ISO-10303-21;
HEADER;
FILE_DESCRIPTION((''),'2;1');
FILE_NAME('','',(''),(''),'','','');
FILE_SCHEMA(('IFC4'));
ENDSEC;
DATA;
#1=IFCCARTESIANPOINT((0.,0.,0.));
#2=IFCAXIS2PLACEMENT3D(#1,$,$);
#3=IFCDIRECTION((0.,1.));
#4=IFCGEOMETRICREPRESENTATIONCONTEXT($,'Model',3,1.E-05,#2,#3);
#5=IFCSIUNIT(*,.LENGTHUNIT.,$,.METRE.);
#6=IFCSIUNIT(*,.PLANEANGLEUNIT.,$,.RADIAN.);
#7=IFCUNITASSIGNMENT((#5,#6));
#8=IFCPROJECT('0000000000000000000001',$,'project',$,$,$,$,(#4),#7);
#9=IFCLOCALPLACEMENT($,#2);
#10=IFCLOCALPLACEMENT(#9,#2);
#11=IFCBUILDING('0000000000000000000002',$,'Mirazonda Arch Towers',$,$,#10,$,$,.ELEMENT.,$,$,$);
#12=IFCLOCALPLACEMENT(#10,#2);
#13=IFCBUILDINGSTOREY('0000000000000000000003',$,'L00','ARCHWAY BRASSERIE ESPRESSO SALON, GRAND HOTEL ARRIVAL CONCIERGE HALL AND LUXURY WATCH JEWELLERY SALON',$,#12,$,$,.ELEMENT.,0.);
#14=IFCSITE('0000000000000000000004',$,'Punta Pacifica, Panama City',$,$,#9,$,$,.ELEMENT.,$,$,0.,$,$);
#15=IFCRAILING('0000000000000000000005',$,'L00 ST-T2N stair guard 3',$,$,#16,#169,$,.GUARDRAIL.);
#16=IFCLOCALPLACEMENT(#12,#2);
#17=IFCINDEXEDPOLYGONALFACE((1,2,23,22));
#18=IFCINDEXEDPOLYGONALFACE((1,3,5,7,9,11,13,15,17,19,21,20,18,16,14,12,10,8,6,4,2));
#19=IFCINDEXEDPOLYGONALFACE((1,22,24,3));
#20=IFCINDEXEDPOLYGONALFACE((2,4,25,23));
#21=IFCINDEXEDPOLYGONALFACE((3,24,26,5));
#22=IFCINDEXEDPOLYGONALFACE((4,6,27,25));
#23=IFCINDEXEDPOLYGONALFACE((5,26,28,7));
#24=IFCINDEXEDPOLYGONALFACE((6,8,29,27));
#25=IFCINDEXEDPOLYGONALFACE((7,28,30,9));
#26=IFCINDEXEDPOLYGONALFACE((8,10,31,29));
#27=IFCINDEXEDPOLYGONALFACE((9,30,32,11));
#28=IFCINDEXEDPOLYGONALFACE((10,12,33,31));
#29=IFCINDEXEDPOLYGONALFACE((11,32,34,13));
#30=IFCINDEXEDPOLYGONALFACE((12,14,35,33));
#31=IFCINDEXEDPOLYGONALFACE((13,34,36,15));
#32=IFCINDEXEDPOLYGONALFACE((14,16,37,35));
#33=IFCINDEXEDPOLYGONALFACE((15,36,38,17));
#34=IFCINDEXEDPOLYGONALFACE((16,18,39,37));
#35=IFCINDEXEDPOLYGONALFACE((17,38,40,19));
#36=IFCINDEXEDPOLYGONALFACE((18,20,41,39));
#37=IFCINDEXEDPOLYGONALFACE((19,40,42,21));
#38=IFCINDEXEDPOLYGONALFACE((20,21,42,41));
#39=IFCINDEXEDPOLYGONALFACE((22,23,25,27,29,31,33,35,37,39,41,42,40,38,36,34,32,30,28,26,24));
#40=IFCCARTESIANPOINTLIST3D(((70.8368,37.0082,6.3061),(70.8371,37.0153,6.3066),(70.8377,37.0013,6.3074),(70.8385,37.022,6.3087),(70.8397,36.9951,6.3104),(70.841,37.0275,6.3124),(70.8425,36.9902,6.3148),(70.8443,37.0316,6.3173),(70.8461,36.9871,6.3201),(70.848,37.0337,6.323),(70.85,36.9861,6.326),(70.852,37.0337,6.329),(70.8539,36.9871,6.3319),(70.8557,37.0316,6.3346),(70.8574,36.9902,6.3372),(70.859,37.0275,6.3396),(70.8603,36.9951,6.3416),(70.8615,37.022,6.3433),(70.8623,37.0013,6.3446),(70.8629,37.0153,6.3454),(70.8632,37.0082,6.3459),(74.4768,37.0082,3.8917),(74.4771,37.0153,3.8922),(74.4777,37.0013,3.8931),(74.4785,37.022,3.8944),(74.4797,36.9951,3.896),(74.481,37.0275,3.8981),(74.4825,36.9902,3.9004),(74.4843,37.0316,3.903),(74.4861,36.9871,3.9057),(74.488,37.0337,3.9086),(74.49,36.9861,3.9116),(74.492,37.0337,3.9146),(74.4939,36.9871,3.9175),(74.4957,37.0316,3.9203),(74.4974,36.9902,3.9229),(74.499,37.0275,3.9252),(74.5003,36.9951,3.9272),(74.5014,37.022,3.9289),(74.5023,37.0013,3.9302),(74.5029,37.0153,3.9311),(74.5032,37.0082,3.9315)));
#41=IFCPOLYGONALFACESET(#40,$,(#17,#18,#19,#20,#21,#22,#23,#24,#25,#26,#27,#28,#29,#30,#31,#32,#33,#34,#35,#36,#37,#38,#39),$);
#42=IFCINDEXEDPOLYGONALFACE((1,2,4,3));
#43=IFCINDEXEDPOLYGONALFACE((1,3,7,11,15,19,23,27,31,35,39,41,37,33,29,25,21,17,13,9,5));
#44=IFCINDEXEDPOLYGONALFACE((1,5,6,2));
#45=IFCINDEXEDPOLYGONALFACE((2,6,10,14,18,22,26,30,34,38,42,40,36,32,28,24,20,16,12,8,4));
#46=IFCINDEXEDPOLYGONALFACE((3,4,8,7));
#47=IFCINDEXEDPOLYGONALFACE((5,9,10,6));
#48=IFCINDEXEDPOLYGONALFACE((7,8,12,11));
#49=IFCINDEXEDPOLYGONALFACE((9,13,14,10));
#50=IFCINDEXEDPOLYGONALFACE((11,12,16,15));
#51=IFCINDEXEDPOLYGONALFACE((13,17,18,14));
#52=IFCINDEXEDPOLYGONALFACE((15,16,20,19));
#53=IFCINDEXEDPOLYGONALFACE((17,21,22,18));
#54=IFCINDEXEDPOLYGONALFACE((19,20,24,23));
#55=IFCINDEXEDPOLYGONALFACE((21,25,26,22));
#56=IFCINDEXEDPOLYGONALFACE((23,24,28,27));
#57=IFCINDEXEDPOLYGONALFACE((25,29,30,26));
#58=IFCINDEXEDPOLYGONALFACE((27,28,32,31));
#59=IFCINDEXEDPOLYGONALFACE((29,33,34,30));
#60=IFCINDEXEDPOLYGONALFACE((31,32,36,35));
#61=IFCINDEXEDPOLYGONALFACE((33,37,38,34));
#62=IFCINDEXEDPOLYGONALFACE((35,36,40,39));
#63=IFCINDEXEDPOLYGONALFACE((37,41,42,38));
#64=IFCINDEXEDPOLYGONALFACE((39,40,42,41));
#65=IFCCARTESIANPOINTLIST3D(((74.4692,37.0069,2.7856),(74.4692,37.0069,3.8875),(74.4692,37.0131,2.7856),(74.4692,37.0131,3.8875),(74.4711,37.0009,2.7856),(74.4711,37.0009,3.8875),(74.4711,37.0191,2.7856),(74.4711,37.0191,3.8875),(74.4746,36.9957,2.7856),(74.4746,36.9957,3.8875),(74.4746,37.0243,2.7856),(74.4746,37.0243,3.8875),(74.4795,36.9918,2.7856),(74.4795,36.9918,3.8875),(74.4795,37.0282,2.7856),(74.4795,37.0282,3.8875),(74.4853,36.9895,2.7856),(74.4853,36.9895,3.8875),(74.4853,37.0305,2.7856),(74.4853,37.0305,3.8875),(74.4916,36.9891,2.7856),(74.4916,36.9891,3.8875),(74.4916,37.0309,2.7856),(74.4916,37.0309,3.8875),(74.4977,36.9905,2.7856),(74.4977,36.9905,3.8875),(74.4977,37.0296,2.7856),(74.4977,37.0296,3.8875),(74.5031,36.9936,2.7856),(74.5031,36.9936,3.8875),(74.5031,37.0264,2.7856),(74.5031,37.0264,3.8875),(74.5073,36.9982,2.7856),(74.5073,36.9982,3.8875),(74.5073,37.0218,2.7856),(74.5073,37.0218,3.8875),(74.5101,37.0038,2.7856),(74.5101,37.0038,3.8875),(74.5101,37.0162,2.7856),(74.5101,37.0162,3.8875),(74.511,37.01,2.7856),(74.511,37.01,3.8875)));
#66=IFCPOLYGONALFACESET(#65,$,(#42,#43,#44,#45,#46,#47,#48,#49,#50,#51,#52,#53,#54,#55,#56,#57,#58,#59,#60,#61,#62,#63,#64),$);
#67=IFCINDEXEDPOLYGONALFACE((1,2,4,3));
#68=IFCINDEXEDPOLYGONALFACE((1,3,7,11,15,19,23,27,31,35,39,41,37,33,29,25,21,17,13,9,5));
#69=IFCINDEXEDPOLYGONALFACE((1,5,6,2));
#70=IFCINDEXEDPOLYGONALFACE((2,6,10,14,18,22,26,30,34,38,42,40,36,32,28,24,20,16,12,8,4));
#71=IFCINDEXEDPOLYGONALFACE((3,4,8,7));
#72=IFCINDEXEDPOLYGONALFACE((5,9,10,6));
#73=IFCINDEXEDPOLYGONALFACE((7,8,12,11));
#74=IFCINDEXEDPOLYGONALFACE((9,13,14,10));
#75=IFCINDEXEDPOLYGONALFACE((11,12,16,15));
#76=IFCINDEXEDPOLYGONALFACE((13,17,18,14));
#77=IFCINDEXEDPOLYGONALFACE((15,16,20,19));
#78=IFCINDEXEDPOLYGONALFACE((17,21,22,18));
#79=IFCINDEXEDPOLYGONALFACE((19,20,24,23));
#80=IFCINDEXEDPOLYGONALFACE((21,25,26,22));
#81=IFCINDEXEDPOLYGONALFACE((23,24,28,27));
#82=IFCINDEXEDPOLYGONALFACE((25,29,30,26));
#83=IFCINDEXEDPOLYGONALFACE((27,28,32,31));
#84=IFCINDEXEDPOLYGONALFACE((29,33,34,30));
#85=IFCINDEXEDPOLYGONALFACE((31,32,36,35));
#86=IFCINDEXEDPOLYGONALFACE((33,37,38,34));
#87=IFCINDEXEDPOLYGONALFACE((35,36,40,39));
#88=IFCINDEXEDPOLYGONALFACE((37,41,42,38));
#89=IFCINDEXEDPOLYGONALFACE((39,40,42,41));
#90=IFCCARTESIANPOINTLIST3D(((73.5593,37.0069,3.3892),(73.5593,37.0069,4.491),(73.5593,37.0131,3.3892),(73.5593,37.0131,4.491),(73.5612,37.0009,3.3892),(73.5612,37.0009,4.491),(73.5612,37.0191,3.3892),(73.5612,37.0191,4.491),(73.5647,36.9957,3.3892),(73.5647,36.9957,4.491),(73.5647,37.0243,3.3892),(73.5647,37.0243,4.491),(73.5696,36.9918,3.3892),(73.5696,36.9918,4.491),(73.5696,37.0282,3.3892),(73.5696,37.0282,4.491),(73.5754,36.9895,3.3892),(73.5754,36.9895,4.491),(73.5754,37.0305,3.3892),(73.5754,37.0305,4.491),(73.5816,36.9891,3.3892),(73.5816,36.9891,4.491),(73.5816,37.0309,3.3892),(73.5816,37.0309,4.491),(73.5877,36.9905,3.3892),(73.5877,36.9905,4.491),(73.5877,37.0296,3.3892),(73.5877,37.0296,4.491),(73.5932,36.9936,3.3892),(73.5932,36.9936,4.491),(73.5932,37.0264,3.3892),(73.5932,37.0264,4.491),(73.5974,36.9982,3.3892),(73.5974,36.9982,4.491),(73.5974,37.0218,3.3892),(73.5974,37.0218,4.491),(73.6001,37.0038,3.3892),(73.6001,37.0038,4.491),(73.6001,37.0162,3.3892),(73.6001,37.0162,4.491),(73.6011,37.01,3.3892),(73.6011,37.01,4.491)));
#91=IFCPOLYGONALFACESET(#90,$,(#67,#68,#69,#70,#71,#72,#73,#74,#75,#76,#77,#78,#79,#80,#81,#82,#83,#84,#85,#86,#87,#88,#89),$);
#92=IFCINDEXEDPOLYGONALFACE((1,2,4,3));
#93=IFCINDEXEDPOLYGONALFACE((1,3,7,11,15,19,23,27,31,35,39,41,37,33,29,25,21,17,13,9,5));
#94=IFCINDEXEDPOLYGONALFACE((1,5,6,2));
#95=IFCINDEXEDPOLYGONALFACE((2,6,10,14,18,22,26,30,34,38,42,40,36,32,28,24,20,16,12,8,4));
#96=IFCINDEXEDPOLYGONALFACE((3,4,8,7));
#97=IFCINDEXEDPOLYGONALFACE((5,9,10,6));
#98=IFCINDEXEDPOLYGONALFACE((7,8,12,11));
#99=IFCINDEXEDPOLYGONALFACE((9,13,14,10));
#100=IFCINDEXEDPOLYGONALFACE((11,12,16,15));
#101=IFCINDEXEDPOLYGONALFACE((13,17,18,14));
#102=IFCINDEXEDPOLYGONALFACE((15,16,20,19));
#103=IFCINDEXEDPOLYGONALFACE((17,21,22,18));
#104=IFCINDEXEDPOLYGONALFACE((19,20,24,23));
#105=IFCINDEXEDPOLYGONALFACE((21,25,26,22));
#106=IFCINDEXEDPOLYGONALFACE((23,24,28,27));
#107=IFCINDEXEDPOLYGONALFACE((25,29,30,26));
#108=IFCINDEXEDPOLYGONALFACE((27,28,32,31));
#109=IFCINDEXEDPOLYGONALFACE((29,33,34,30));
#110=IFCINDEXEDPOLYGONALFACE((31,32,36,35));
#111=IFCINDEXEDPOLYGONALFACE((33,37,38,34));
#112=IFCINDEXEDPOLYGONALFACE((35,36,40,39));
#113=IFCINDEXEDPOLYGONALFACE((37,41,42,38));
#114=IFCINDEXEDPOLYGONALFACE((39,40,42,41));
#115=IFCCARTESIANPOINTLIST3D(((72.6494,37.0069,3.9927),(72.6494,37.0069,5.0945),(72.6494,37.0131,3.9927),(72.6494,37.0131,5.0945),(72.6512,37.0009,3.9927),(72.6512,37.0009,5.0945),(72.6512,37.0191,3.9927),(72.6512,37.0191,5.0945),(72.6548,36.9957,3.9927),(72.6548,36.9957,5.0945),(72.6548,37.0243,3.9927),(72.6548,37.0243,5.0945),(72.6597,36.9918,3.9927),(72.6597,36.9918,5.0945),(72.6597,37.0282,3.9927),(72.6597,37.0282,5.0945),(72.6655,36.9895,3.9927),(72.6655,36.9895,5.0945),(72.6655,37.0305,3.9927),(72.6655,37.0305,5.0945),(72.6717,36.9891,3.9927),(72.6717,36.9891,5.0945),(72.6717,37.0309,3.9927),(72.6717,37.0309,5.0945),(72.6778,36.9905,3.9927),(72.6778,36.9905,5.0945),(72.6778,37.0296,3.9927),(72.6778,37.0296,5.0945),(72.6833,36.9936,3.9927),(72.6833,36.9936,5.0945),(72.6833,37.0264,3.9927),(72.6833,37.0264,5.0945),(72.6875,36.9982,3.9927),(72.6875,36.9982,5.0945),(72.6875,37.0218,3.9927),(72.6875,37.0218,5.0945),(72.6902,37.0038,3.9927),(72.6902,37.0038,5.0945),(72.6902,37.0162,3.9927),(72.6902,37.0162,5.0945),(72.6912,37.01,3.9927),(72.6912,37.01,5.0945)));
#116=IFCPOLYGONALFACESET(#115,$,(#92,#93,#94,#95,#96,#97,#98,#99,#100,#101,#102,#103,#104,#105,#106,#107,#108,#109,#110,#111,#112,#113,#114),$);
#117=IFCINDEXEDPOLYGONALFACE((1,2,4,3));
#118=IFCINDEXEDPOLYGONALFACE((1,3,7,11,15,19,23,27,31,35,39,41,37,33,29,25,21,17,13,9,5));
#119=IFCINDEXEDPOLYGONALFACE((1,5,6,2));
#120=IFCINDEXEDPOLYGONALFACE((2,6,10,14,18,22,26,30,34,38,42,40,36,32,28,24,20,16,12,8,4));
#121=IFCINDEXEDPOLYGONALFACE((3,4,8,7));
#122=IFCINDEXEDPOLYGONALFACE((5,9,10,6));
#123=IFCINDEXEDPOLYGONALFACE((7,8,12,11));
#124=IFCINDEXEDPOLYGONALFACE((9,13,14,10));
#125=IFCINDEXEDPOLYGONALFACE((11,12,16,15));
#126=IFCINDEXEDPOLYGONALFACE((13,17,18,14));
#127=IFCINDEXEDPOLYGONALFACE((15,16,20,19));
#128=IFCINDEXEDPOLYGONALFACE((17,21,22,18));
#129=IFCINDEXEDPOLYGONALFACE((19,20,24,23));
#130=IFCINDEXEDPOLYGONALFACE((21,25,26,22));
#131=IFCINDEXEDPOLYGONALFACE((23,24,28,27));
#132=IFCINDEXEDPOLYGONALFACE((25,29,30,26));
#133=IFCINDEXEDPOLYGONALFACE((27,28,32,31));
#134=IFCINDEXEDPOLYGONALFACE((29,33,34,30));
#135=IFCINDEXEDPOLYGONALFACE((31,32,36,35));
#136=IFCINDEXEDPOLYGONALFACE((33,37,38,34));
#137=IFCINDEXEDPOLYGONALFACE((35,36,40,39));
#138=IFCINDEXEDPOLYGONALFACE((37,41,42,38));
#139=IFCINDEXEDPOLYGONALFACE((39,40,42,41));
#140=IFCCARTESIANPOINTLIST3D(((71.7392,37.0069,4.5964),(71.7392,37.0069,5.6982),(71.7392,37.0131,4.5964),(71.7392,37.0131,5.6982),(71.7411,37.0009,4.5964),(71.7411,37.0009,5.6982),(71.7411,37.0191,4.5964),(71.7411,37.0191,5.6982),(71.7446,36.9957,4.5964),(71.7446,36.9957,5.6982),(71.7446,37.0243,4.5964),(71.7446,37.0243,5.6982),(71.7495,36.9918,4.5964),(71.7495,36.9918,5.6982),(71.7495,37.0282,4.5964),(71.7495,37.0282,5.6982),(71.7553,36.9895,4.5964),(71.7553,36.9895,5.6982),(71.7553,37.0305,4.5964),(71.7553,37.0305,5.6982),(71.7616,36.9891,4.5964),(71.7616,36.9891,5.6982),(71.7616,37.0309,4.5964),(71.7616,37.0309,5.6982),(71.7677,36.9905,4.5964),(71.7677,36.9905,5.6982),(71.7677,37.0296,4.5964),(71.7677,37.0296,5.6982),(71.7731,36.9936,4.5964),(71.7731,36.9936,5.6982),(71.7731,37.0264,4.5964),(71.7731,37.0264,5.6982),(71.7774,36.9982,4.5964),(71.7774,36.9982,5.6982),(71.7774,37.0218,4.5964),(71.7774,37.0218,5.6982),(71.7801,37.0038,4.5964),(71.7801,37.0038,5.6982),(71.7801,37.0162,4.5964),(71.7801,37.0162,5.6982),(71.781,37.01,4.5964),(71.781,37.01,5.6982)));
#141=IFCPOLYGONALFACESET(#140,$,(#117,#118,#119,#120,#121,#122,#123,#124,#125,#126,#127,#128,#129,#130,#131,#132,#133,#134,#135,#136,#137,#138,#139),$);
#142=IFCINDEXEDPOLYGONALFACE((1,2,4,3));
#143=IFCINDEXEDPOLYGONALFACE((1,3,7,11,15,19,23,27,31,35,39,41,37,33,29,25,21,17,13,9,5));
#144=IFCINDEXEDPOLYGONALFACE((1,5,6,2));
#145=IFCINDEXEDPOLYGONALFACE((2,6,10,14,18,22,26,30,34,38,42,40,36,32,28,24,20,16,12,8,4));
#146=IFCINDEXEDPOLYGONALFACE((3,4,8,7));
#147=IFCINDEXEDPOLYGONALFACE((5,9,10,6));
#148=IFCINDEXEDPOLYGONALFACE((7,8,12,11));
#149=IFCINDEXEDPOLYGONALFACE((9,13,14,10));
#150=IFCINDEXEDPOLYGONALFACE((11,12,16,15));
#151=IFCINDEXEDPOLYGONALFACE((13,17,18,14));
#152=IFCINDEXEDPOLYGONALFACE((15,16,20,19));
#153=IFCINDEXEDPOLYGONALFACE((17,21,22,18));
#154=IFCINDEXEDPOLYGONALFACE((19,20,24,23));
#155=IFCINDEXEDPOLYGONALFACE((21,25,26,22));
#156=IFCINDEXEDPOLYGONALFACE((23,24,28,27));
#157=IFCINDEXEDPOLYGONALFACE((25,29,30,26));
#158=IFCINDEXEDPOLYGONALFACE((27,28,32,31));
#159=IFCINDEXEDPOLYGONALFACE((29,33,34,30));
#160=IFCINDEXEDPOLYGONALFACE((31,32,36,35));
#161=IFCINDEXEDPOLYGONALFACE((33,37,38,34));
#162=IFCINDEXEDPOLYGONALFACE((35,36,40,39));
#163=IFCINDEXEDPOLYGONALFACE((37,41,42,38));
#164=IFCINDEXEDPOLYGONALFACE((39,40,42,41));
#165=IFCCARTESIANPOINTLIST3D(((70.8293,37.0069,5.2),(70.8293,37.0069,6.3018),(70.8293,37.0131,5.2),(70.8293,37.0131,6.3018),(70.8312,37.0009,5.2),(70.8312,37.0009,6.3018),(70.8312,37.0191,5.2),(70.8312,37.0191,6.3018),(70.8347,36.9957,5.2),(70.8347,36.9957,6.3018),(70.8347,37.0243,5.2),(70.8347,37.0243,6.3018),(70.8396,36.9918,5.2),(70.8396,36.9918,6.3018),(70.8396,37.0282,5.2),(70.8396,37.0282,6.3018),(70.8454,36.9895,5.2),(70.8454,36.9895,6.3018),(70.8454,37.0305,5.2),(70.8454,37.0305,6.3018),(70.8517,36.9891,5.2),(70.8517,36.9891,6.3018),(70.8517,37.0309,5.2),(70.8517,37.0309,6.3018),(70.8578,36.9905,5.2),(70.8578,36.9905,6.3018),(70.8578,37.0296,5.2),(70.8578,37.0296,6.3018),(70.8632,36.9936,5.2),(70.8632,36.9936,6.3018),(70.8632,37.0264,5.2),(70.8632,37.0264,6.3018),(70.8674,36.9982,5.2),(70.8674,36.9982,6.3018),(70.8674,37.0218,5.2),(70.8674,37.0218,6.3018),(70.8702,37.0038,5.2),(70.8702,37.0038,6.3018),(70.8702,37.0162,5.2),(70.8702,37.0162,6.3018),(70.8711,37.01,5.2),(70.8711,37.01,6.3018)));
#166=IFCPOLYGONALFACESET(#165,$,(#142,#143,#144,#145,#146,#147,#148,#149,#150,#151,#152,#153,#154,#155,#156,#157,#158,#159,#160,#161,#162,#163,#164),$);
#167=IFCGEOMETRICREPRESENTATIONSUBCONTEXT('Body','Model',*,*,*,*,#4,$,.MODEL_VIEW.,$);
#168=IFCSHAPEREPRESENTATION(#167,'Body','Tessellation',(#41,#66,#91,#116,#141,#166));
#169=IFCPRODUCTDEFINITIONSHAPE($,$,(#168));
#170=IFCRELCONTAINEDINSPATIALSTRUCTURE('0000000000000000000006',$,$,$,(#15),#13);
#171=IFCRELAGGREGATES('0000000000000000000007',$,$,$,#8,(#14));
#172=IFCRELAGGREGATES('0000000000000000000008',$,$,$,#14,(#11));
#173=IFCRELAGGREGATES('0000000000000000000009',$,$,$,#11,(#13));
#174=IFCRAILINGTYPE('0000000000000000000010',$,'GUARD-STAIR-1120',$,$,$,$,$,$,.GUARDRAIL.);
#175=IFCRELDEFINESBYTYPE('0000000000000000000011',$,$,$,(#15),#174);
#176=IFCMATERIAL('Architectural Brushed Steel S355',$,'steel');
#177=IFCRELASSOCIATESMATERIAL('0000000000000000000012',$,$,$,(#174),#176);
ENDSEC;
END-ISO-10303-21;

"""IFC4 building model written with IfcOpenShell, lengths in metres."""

from ifc_helpers import new_model, si_unit, direction, frame, origin, origin_2d, place, context, subcontext, project, spatial, circle, extrude, material, type_object, element, save


model = new_model("IFC4")

# Units and contexts
model_context = context("Model", 3, precision=1e-05, world=origin(), true_north=direction((0.0, 1.0)))
body_context = subcontext(model_context, "Body", "Model", "MODEL_VIEW")
ifc_project = project(units=[si_unit("LENGTHUNIT", "METRE"), si_unit("PLANEANGLEUNIT", "RADIAN")], contexts=[model_context])

# Site, building, storey
site_placement = place(None, origin())
site = spatial("IfcSite", under=ifc_project, at=site_placement, Name="Punta Pacifica, Panama City", CompositionType="ELEMENT", RefElevation=0.0)
building_placement = place(site_placement, origin())
building = spatial("IfcBuilding", under=site, at=building_placement, Name="Mirazonda Arch Towers", CompositionType="ELEMENT")
storey_placement = place(building_placement, origin())
storey = spatial("IfcBuildingStorey", under=building, at=storey_placement, Name="L00", Description="ARCHWAY BRASSERIE ESPRESSO SALON, GRAND HOTEL ARRIVAL CONCIERGE HALL AND LUXURY WATCH JEWELLERY SALON", CompositionType="ELEMENT", Elevation=0.0)

# Shared definitions
ifc_material_1 = material(Name="Architectural Brushed Steel S355", Category="steel")

# Railing
railing_type_1 = type_object("IfcRailingType", Name="GUARD-STAIR-1120", PredefinedType="GUARDRAIL", material=ifc_material_1)
railing_1_placement = place(storey_placement, frame((74.49, 37.01, 2.7856)))
element("IfcRailing", 1, at=railing_1_placement, inside=storey, type_object=railing_type_1, Name="L00 ST-T2N stair guard 3", PredefinedType="GUARDRAIL", context=body_context, shape_type="SweptSolid", body=[
    extrude(circle(Radius=0.0239, at=origin_2d()), frame((0.0, 0.0, 1.126), z_axis=(-0.833347, 0.0, 0.552751), x_axis=(0.0, -1.0, 0.0)), (0.0, 0.0, 1.0), 4.3679),
    extrude(circle(Radius=0.021, at=origin_2d()), origin(), (0.0, 0.0, 1.0), 1.1018),
    extrude(circle(Radius=0.021, at=origin_2d()), frame((-0.9099, 0.0, 0.6035)), (0.0, 0.0, 1.0), 1.1018),
    extrude(circle(Radius=0.021, at=origin_2d()), frame((-1.8198, 0.0, 1.207)), (0.0, 0.0, 1.0), 1.1018),
    extrude(circle(Radius=0.021, at=origin_2d()), frame((-2.73, 0.0, 1.8108)), (0.0, 0.0, 1.0), 1.1018),
    extrude(circle(Radius=0.021, at=origin_2d()), frame((-3.6399, 0.0, 2.4143)), (0.0, 0.0, 1.0), 1.1018),
])

save(model, "model.ifc")
